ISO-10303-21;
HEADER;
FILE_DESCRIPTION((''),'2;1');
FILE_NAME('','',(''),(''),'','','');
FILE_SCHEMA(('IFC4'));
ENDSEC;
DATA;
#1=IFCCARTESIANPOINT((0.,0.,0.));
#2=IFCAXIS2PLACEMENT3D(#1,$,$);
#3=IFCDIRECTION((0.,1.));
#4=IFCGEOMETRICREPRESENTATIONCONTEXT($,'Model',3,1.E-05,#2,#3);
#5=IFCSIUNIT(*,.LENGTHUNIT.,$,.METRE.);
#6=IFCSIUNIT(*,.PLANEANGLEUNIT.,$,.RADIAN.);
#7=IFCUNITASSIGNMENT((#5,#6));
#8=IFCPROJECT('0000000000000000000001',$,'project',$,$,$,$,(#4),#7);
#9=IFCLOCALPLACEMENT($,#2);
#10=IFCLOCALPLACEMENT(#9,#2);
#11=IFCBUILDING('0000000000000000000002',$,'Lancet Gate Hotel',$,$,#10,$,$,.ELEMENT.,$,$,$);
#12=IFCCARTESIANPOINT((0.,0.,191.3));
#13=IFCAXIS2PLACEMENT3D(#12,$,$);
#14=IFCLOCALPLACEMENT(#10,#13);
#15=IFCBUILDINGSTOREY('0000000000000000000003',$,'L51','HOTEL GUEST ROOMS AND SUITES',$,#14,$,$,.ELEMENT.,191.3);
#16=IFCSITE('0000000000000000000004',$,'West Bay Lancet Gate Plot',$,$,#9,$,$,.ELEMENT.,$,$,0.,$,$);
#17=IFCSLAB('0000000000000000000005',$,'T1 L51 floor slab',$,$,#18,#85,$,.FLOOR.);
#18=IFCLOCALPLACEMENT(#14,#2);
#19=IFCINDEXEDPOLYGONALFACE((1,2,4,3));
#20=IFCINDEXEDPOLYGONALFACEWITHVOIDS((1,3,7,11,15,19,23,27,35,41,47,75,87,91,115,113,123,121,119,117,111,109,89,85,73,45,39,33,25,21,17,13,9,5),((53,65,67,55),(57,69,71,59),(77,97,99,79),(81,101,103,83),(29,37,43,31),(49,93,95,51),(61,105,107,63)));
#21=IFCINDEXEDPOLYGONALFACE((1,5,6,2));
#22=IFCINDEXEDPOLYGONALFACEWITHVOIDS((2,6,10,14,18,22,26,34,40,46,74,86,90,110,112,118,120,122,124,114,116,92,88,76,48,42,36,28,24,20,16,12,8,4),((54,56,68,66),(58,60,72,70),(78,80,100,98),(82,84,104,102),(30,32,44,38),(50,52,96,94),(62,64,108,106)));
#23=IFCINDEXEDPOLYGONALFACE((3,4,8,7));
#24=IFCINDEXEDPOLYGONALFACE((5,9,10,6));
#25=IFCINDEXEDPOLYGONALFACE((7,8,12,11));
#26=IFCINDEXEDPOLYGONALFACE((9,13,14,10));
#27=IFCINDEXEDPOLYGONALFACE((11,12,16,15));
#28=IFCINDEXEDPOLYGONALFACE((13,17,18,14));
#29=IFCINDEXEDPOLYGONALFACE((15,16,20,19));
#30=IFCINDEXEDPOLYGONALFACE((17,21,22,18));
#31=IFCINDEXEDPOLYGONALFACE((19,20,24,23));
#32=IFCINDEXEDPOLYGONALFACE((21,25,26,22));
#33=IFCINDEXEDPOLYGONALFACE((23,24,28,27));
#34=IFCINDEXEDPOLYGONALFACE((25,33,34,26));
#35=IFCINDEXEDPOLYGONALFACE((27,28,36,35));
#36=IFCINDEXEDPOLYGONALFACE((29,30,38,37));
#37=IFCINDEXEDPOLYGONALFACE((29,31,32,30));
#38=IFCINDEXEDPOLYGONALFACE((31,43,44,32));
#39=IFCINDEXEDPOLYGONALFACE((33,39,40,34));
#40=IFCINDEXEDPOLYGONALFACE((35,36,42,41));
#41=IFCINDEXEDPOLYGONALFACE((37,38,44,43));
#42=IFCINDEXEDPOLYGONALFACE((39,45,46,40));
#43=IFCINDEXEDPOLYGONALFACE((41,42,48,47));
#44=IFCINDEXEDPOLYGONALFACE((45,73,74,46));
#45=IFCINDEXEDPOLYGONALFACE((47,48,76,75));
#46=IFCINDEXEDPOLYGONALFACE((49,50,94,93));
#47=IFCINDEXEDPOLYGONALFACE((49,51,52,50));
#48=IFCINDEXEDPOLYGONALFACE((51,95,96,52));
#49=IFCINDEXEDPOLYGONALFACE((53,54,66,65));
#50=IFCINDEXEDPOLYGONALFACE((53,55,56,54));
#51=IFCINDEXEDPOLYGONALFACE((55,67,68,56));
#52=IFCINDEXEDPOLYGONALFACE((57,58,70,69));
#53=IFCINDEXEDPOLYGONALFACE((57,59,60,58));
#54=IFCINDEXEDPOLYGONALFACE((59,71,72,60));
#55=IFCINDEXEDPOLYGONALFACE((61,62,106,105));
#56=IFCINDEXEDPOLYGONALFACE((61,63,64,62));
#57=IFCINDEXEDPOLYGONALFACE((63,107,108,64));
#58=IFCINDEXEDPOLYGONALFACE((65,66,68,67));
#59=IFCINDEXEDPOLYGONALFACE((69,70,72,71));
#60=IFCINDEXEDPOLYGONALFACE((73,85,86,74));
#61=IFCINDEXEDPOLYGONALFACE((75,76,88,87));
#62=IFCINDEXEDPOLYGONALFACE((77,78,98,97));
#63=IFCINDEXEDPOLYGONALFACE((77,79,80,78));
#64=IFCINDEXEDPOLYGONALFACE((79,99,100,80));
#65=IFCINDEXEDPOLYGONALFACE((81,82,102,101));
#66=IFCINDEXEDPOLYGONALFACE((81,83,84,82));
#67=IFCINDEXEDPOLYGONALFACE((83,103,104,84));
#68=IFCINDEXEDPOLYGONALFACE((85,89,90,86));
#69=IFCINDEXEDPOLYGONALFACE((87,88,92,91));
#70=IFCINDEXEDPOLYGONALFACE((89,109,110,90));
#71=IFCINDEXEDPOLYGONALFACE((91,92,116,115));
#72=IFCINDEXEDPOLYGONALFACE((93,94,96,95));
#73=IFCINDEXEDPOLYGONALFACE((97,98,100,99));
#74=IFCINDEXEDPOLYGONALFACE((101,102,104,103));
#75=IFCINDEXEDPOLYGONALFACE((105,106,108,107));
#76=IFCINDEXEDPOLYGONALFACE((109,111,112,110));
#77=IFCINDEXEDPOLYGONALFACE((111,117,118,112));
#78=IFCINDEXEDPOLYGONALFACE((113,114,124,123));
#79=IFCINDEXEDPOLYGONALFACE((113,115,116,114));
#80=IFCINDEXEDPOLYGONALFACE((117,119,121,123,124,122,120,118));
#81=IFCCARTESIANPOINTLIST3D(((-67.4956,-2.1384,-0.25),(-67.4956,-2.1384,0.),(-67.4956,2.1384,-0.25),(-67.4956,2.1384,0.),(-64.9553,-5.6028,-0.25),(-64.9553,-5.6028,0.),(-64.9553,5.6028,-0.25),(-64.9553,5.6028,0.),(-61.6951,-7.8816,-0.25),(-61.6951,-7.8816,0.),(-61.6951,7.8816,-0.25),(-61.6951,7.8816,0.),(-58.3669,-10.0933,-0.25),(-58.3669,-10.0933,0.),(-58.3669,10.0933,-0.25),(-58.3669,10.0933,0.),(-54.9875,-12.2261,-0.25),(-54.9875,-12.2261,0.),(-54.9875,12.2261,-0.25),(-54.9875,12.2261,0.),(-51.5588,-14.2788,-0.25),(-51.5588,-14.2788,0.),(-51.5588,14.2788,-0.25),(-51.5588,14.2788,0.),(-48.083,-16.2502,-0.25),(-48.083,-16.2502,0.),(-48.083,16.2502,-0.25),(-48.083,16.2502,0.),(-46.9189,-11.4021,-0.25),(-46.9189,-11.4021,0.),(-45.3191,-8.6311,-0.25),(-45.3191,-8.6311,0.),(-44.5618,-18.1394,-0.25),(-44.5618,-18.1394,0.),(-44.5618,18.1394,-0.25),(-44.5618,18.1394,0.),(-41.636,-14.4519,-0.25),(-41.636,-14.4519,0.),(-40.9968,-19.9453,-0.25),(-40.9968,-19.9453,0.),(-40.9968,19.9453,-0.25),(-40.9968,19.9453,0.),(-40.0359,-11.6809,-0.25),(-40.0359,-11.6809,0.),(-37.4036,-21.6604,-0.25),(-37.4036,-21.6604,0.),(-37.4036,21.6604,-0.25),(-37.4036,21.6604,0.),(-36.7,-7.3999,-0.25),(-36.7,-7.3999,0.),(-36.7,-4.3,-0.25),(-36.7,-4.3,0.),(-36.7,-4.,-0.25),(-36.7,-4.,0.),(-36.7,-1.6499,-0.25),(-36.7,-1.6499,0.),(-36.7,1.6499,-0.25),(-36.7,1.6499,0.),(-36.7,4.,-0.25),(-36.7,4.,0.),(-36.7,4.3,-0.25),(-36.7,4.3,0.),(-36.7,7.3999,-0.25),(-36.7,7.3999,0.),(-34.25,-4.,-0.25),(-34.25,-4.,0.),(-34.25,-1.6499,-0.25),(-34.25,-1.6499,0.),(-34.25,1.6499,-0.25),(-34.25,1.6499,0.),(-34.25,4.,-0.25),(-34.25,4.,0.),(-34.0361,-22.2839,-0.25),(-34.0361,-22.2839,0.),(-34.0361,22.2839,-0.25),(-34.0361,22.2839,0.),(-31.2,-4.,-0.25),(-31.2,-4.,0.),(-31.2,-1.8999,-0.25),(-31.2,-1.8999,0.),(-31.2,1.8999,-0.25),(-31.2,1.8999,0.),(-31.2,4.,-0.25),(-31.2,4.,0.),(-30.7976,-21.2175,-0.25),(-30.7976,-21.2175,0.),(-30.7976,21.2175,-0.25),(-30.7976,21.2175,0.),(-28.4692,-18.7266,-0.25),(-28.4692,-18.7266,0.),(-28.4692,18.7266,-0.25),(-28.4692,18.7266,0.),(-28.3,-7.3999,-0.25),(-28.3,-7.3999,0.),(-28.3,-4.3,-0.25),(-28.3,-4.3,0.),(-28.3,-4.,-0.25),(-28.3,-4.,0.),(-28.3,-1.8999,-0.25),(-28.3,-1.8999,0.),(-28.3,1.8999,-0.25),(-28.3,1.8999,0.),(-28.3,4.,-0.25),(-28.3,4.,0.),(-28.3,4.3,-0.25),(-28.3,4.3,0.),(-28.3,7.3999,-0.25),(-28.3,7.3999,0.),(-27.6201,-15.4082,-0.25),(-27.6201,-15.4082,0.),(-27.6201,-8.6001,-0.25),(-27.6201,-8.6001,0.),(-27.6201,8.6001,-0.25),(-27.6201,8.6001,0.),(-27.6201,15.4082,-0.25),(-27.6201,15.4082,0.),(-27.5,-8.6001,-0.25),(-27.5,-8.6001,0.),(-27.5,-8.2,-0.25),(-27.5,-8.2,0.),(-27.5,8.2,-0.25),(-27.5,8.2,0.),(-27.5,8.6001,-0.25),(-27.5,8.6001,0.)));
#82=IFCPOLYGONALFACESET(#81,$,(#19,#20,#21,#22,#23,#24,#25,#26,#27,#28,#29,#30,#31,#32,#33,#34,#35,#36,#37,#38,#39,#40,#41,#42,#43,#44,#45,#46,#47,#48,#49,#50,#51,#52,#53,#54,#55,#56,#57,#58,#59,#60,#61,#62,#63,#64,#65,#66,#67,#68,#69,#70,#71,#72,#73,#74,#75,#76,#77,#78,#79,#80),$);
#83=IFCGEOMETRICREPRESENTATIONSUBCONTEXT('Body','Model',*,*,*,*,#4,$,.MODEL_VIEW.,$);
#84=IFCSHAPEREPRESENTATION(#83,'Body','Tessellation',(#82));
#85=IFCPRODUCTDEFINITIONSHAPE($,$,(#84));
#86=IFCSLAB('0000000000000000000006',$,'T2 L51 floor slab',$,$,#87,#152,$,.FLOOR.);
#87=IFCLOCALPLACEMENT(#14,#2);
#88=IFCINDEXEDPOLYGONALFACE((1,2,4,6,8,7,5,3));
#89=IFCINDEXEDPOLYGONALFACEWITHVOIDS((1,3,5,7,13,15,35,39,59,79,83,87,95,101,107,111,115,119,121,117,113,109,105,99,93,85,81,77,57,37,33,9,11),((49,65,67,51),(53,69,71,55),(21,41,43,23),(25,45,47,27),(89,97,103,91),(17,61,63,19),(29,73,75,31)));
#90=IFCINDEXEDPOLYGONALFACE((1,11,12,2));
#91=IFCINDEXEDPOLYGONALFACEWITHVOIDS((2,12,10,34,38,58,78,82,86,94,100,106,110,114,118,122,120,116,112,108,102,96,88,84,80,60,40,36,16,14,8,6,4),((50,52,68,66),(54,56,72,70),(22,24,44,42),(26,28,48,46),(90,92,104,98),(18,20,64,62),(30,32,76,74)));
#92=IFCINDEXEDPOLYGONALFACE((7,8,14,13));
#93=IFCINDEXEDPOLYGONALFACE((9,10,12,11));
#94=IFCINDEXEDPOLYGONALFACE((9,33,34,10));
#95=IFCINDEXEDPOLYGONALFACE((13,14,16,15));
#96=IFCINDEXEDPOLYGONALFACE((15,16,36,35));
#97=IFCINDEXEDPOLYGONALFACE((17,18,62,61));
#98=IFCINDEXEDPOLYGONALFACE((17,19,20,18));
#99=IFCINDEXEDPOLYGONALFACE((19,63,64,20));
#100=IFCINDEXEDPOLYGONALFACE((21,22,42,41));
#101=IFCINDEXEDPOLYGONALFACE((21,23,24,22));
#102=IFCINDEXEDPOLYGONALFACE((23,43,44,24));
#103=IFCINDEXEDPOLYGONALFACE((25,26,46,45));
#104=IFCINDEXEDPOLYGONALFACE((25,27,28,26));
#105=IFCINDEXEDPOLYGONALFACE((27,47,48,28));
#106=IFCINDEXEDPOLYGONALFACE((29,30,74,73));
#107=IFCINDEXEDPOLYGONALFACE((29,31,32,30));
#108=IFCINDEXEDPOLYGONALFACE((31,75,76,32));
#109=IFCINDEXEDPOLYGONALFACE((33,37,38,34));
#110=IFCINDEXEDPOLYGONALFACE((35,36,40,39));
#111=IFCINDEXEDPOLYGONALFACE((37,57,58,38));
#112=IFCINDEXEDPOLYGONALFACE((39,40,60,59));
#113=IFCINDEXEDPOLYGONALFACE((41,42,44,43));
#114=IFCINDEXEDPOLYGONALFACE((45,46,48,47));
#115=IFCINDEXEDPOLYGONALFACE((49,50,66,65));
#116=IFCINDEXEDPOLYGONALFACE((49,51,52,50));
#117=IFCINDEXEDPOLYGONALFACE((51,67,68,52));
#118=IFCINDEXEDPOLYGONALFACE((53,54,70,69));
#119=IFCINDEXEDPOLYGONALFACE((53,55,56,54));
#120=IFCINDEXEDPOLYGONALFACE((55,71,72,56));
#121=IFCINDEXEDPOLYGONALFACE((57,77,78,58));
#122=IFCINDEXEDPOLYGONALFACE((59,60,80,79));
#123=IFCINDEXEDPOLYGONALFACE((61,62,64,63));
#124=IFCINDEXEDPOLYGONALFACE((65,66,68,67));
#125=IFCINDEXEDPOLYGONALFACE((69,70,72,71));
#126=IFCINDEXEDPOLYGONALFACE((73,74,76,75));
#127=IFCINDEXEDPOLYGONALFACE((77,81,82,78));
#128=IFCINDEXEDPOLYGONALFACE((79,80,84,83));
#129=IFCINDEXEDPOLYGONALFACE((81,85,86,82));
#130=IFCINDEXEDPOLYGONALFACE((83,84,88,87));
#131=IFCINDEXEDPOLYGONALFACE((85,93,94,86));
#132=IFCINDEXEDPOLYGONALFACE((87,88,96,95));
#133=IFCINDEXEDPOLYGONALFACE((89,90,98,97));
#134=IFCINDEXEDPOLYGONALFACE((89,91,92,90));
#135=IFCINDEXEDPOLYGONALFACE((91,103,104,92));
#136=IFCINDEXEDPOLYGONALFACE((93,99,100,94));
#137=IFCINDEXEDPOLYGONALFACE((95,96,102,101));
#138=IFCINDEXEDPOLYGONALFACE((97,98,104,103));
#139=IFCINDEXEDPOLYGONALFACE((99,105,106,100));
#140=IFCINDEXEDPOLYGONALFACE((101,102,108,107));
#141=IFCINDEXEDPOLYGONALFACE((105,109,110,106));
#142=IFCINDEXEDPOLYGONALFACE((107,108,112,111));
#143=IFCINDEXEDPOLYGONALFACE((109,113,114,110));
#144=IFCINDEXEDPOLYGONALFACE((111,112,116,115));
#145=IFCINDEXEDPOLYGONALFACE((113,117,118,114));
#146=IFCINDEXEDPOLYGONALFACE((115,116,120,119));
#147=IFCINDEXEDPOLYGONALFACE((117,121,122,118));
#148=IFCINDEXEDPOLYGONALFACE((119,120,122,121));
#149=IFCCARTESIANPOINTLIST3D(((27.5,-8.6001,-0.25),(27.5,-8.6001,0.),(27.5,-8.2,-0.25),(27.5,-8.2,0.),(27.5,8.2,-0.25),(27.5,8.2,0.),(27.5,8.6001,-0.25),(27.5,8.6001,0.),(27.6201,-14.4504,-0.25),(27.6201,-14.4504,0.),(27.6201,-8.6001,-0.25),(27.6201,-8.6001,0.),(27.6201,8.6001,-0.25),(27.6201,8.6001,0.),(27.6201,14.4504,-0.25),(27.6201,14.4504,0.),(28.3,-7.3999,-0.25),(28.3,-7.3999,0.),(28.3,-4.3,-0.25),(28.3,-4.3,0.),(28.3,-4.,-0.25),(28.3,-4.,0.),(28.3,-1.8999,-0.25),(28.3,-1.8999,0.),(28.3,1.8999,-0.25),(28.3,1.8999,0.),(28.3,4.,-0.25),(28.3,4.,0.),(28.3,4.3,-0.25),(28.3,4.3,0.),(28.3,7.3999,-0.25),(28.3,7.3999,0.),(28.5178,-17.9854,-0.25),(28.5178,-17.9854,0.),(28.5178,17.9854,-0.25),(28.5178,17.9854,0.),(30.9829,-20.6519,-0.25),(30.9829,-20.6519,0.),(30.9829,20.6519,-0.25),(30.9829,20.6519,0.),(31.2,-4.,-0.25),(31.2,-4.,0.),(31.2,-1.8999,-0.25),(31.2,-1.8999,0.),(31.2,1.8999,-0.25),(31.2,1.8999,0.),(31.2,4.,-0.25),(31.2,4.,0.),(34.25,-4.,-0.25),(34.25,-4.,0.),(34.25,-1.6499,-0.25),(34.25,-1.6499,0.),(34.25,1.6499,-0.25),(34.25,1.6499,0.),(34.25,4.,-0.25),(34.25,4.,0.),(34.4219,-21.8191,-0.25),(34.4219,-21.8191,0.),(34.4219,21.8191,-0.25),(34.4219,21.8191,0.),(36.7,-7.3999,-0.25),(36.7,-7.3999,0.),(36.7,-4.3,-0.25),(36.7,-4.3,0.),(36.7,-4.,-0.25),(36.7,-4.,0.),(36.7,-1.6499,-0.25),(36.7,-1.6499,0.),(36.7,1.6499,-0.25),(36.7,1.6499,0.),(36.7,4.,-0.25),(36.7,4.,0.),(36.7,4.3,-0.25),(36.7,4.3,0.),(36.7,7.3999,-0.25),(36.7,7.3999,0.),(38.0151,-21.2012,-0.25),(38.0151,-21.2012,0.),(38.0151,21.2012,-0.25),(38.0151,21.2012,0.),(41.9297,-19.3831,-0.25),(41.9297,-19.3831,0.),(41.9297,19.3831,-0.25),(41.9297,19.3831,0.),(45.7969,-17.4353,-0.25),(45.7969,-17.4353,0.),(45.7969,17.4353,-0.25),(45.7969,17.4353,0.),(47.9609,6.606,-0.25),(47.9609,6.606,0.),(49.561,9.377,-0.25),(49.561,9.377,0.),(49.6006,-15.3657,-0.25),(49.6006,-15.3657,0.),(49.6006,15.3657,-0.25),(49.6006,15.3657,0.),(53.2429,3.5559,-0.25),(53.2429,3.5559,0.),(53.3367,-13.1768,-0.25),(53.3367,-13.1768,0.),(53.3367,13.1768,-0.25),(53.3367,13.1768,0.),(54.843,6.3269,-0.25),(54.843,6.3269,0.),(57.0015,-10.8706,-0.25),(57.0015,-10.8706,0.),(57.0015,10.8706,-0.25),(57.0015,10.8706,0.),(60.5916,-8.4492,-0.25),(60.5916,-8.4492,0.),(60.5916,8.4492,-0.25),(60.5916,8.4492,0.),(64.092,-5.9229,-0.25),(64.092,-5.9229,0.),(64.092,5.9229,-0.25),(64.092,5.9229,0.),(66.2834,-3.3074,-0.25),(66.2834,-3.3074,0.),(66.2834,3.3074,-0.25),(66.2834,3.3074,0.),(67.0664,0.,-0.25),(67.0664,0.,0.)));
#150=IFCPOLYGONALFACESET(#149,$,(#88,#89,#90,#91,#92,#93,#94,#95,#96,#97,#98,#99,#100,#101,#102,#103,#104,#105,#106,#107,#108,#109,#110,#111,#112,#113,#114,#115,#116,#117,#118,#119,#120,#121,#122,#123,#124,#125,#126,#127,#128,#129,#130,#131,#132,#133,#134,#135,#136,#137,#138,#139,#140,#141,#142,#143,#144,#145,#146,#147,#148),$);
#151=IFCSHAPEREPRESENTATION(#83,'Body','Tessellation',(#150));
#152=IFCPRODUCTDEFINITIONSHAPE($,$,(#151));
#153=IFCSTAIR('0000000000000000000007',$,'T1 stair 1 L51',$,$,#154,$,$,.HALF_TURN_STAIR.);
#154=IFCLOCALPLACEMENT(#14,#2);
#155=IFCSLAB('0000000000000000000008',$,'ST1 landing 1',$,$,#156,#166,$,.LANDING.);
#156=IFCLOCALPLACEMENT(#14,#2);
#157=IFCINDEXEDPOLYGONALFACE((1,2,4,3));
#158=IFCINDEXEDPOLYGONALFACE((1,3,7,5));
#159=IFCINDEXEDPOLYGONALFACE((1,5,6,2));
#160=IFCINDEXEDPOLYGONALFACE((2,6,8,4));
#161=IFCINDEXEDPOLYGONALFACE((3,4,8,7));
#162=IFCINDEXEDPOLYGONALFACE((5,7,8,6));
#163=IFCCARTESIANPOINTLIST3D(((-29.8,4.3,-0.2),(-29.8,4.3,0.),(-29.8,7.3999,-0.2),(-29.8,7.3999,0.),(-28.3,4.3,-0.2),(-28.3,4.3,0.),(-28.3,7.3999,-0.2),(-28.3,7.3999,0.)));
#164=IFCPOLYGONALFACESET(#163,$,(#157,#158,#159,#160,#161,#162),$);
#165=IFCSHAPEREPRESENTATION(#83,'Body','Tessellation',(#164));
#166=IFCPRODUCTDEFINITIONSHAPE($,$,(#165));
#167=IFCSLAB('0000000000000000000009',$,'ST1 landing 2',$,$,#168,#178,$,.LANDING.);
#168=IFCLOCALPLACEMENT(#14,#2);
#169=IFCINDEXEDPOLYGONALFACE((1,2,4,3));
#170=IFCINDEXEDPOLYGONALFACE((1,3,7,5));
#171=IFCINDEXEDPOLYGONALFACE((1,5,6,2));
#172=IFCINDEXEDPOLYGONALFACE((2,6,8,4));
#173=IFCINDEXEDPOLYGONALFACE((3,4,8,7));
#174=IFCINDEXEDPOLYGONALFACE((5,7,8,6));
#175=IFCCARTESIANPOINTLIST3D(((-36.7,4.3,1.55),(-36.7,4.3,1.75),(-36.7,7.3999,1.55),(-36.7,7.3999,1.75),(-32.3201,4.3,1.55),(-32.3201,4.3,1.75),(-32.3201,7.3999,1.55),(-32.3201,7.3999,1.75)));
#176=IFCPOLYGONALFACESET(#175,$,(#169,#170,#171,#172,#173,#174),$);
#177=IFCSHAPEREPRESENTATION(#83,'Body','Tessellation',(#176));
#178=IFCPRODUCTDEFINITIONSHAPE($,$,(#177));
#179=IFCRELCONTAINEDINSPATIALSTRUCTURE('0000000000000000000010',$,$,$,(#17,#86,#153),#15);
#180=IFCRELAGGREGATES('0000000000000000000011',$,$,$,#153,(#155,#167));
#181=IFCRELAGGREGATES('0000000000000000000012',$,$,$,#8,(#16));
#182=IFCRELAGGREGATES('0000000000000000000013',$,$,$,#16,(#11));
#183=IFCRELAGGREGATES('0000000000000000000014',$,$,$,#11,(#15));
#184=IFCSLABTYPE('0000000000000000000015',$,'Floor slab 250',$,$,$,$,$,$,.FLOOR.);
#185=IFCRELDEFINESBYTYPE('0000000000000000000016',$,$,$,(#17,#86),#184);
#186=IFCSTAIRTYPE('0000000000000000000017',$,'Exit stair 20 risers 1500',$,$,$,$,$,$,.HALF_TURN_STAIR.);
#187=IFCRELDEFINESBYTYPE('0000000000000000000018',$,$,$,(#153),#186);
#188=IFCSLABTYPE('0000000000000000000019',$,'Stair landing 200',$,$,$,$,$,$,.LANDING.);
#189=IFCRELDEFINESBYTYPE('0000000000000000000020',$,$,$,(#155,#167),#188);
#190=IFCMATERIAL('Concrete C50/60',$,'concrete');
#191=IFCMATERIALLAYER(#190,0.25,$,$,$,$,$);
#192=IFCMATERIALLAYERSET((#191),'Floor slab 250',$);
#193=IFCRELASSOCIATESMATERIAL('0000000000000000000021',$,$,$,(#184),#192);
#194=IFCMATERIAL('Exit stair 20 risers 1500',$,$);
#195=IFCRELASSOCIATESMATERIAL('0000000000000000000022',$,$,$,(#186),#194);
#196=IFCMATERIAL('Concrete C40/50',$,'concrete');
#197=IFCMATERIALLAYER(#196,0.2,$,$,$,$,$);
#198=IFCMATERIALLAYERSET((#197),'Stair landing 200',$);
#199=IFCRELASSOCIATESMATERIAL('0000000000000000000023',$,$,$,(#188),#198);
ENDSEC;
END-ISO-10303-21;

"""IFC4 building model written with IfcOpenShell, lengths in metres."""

from ifc_helpers import new_model, si_unit, direction, frame, origin, place, context, subcontext, project, spatial, polyline, outline, extrude, material, layer, layer_set, type_object, element, aggregate, save


model = new_model("IFC4")

# Units and contexts
model_context = context("Model", 3, precision=1e-05, world=origin(), true_north=direction((0.0, 1.0)))
body_context = subcontext(model_context, "Body", "Model", "MODEL_VIEW")
ifc_project = project(units=[si_unit("LENGTHUNIT", "METRE"), si_unit("PLANEANGLEUNIT", "RADIAN")], contexts=[model_context])

# Site, building, storey
site_placement = place(None, origin())
site = spatial("IfcSite", under=ifc_project, at=site_placement, Name="West Bay Lancet Gate Plot", CompositionType="ELEMENT", RefElevation=0.0)
building_placement = place(site_placement, origin())
building = spatial("IfcBuilding", under=site, at=building_placement, Name="Lancet Gate Hotel", CompositionType="ELEMENT")
storey_placement = place(building_placement, frame((0.0, 0.0, 191.3)))
storey = spatial("IfcBuildingStorey", under=building, at=storey_placement, Name="L51", Description="HOTEL GUEST ROOMS AND SUITES", CompositionType="ELEMENT", Elevation=191.3)

# Slabs
ifc_material_1 = material(Name="Concrete C50/60", Category="concrete")
ifc_layer_1 = layer(ifc_material_1, 0.25)
ifc_layer_set_1 = layer_set([ifc_layer_1], Name="Floor slab 250")
slab_type_1 = type_object("IfcSlabType", Name="Floor slab 250", PredefinedType="FLOOR", material=ifc_layer_set_1)
slab_1_placement = place(storey_placement, frame((0.0, 0.0, -0.25)))
element("IfcSlab", 1, at=slab_1_placement, inside=storey, type_object=slab_type_1, Name="T1 L51 floor slab", PredefinedType="FLOOR", context=body_context, shape_type="SweptSolid", body=[
    extrude(outline(polyline([(-27.5, 8.6001), (-27.6201, 8.6001), (-27.6201, 15.4082), (-28.4692, 18.7266), (-30.7976, 21.2175), (-34.0361, 22.2839), (-37.4036, 21.6604), (-40.9968, 19.9453), (-44.5618, 18.1394), (-48.083, 16.2502), (-51.5588, 14.2788), (-54.9875, 12.2261), (-58.3669, 10.0933), (-61.6951, 7.8816), (-64.9553, 5.6028), (-67.4956, 2.1384), (-67.4956, -2.1384), (-64.9553, -5.6028), (-61.6951, -7.8816), (-58.3669, -10.0933), (-54.9875, -12.2261), (-51.5588, -14.2788), (-48.083, -16.2502), (-44.5618, -18.1394), (-40.9968, -19.9453), (-37.4036, -21.6604), (-34.0361, -22.2839), (-30.7976, -21.2175), (-28.4692, -18.7266), (-27.6201, -15.4082), (-27.6201, -8.6001), (-27.5, -8.6001), (-27.5, -8.2), (-27.5, 8.2), (-27.5, 8.6001)]), holes=[polyline([(-36.7, 7.3999), (-36.7, 4.3), (-28.3, 4.3), (-28.3, 7.3999), (-36.7, 7.3999)]), polyline([(-28.3, 4.0), (-31.2, 4.0), (-31.2, 1.8999), (-28.3, 1.8999), (-28.3, 4.0)]), polyline([(-34.25, 4.0), (-36.7, 4.0), (-36.7, 1.6499), (-34.25, 1.6499), (-34.25, 4.0)]), polyline([(-36.7, -1.6499), (-36.7, -4.0), (-34.25, -4.0), (-34.25, -1.6499), (-36.7, -1.6499)]), polyline([(-28.3, -1.8999), (-31.2, -1.8999), (-31.2, -4.0), (-28.3, -4.0), (-28.3, -1.8999)]), polyline([(-28.3, -4.3), (-36.7, -4.3), (-36.7, -7.3999), (-28.3, -7.3999), (-28.3, -4.3)]), polyline([(-45.3191, -8.6311), (-46.9189, -11.4021), (-41.636, -14.4519), (-40.0359, -11.6809), (-45.3191, -8.6311)])]), origin(), (0.0, 0.0, 1.0), 0.25),
])
slab_2_placement = place(storey_placement, frame((0.0, 0.0, -0.25)))
element("IfcSlab", 2, at=slab_2_placement, inside=storey, type_object=slab_type_1, Name="T2 L51 floor slab", PredefinedType="FLOOR", context=body_context, shape_type="SweptSolid", body=[
    extrude(outline(polyline([(27.5, -8.6001), (27.6201, -8.6001), (27.6201, -14.4504), (28.5178, -17.9854), (30.9829, -20.6519), (34.4219, -21.8191), (38.0151, -21.2012), (41.9297, -19.3831), (45.7969, -17.4353), (49.6006, -15.3657), (53.3367, -13.1768), (57.0015, -10.8706), (60.5916, -8.4492), (64.092, -5.9229), (66.2834, -3.3074), (67.0664, 0.0), (66.2834, 3.3074), (64.092, 5.9229), (60.5916, 8.4492), (57.0015, 10.8706), (53.3367, 13.1768), (49.6006, 15.3657), (45.7969, 17.4353), (41.9297, 19.3831), (38.0151, 21.2012), (34.4219, 21.8191), (30.9829, 20.6519), (28.5178, 17.9854), (27.6201, 14.4504), (27.6201, 8.6001), (27.5, 8.6001), (27.5, 8.2), (27.5, -8.2), (27.5, -8.6001)]), holes=[polyline([(36.7, -7.3999), (36.7, -4.3), (28.3, -4.3), (28.3, -7.3999), (36.7, -7.3999)]), polyline([(28.3, -4.0), (31.2, -4.0), (31.2, -1.8999), (28.3, -1.8999), (28.3, -4.0)]), polyline([(34.25, -4.0), (36.7, -4.0), (36.7, -1.6499), (34.25, -1.6499), (34.25, -4.0)]), polyline([(36.7, 1.6499), (36.7, 4.0), (34.25, 4.0), (34.25, 1.6499), (36.7, 1.6499)]), polyline([(28.3, 1.8999), (31.2, 1.8999), (31.2, 4.0), (28.3, 4.0), (28.3, 1.8999)]), polyline([(28.3, 4.3), (36.7, 4.3), (36.7, 7.3999), (28.3, 7.3999), (28.3, 4.3)]), polyline([(53.2429, 3.5559), (54.843, 6.3269), (49.561, 9.377), (47.9609, 6.606), (53.2429, 3.5559)])]), origin(), (0.0, 0.0, 1.0), 0.25),
])

# Stair, slabs
ifc_material_2 = material(Name="Exit stair 20 risers 1500")
stair_type = type_object("IfcStairType", Name="Exit stair 20 risers 1500", PredefinedType="HALF_TURN_STAIR", material=ifc_material_2)
stair_placement = place(storey_placement, origin())
stair = element("IfcStair", 3, at=stair_placement, inside=storey, type_object=stair_type, Name="T1 stair 1 L51", PredefinedType="HALF_TURN_STAIR")
ifc_material_3 = material(Name="Concrete C40/50", Category="concrete")
ifc_layer_2 = layer(ifc_material_3, 0.2)
ifc_layer_set_2 = layer_set([ifc_layer_2], Name="Stair landing 200")
slab_type_2 = type_object("IfcSlabType", Name="Stair landing 200", PredefinedType="LANDING", material=ifc_layer_set_2)
slab_3_placement = place(storey_placement, frame((0.0, 0.0, -0.2)))
slab_3 = element("IfcSlab", 4, at=slab_3_placement, type_object=slab_type_2, Name="ST1 landing 1", PredefinedType="LANDING", context=body_context, shape_type="SweptSolid", body=[
    extrude(outline(polyline([(-28.3, 7.3999), (-29.8, 7.3999), (-29.8, 4.3), (-28.3, 4.3), (-28.3, 7.3999)])), origin(), (0.0, 0.0, 1.0), 0.2),
])
slab_4_placement = place(storey_placement, frame((0.0, 0.0, 1.55)))
slab_4 = element("IfcSlab", 5, at=slab_4_placement, type_object=slab_type_2, Name="ST1 landing 2", PredefinedType="LANDING", context=body_context, shape_type="SweptSolid", body=[
    extrude(outline(polyline([(-32.3201, 7.3999), (-36.7, 7.3999), (-36.7, 4.3), (-32.3201, 4.3), (-32.3201, 7.3999)])), origin(), (0.0, 0.0, 1.0), 0.2),
])
aggregate(stair, [slab_3, slab_4])

save(model, "model.ifc")
